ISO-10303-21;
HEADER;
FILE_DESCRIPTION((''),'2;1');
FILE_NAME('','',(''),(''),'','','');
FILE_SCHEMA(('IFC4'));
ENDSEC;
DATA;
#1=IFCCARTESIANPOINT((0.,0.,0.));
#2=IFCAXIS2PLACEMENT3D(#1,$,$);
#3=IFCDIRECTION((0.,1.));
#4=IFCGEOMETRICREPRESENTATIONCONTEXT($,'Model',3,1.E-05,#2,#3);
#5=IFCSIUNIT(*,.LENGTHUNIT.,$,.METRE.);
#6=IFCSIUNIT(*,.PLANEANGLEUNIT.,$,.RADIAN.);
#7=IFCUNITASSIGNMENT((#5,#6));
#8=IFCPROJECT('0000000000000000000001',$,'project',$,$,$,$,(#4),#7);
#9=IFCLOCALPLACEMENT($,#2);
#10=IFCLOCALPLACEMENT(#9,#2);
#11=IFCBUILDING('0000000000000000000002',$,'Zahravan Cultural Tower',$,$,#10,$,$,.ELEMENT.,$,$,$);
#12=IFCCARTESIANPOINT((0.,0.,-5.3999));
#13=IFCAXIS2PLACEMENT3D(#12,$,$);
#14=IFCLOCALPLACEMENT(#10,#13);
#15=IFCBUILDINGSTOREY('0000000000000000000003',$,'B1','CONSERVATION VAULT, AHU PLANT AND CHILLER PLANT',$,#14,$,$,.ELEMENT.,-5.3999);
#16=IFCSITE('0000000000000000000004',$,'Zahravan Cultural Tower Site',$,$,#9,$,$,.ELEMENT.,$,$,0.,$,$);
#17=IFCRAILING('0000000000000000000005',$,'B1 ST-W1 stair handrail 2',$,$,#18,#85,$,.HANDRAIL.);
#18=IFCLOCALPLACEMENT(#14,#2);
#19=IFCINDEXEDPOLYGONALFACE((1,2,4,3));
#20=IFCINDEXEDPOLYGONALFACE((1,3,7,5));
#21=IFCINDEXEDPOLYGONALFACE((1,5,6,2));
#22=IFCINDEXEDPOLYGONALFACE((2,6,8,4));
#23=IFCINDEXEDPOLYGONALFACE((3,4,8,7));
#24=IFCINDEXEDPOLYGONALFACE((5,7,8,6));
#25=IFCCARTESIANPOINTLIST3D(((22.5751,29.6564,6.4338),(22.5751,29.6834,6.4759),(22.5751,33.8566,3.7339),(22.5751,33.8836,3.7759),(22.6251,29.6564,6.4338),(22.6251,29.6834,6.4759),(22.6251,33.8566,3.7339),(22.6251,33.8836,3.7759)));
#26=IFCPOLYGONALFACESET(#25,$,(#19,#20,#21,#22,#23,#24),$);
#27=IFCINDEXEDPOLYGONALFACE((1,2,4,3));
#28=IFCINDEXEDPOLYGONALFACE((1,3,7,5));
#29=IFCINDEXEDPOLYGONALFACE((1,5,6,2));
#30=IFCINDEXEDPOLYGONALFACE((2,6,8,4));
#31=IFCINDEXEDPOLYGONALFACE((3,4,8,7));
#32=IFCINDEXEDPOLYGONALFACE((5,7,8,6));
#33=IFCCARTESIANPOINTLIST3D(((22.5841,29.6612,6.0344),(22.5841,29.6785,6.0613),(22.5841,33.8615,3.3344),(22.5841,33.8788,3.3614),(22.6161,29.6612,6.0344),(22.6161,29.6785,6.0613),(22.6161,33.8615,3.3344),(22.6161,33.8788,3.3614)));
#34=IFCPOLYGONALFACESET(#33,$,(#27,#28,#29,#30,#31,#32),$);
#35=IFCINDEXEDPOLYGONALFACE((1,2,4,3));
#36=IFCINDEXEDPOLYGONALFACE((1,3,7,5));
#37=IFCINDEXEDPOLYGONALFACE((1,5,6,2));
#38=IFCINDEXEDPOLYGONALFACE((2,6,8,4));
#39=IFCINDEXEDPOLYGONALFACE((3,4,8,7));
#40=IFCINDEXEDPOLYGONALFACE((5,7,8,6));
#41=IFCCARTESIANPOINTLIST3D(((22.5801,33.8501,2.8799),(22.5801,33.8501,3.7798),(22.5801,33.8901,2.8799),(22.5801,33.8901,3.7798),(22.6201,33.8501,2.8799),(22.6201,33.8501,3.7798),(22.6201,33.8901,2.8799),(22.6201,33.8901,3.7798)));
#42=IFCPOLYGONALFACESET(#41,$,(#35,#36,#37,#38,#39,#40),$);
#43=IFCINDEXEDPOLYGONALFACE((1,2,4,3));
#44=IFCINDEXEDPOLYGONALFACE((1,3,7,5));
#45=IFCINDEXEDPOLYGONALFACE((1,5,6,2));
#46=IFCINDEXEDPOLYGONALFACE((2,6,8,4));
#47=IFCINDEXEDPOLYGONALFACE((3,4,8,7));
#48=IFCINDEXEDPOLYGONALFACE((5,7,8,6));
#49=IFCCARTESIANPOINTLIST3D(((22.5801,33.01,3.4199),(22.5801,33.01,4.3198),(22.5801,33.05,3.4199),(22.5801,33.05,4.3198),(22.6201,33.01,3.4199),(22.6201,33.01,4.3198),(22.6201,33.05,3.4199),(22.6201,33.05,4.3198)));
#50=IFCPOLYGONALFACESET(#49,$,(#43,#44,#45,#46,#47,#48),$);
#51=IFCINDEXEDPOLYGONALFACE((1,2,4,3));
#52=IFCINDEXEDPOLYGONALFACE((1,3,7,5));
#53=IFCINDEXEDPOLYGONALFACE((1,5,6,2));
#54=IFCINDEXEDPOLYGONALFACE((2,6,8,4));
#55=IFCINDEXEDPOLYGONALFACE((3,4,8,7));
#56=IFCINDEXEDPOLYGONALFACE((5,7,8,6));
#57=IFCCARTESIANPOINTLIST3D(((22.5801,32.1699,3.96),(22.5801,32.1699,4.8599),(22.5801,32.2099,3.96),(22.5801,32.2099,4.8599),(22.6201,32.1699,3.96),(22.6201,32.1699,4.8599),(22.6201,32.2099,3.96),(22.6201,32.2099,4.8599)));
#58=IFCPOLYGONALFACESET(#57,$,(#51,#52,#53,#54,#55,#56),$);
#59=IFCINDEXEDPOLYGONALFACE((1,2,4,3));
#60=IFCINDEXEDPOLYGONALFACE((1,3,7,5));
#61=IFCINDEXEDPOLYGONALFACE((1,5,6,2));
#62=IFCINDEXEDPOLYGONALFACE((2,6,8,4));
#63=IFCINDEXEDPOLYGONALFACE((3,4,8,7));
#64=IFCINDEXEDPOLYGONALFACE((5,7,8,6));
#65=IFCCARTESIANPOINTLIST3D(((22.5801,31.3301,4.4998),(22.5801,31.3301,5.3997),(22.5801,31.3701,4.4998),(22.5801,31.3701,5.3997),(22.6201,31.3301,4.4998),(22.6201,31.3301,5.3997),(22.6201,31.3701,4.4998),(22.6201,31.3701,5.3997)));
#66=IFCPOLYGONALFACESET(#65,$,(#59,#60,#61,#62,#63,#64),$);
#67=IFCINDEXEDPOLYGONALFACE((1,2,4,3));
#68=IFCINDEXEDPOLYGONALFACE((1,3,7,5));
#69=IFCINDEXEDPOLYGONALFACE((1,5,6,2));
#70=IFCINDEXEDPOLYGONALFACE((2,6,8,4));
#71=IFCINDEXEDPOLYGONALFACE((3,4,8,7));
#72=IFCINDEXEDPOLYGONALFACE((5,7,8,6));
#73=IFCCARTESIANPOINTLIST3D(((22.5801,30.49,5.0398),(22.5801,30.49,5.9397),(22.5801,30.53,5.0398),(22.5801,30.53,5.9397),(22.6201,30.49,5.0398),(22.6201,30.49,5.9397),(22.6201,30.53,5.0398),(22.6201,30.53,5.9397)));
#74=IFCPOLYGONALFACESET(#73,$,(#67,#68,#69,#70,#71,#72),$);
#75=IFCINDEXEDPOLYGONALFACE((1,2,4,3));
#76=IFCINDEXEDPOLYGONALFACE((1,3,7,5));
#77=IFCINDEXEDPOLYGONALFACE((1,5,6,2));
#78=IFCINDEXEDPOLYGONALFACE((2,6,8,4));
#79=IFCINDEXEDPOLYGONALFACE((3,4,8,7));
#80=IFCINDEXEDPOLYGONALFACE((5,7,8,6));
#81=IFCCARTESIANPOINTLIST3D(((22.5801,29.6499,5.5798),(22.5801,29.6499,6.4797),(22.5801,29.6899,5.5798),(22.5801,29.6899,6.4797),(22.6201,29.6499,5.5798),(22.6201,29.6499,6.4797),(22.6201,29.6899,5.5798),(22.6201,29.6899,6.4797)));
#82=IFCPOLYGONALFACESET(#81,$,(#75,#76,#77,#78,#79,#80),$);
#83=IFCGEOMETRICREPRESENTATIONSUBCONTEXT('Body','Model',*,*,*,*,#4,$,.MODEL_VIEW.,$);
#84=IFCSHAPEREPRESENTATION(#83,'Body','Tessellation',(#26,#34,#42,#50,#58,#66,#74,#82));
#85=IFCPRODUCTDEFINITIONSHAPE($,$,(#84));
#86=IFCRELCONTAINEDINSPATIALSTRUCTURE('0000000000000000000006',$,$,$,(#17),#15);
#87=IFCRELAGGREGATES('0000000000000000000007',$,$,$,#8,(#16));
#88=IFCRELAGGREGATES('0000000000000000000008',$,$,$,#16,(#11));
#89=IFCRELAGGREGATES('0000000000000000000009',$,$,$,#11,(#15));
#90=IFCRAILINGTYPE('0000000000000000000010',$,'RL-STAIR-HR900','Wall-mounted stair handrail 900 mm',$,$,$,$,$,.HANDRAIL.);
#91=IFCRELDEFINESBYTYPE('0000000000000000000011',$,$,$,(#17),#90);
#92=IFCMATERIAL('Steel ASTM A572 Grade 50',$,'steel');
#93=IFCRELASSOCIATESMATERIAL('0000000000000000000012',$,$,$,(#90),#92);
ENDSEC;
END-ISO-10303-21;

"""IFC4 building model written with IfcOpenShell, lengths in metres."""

from ifc_helpers import new_model, si_unit, direction, frame, origin, origin_2d, place, context, subcontext, project, spatial, rectangle, extrude, material, type_object, element, save


model = new_model("IFC4")

# Units and contexts
model_context = context("Model", 3, precision=1e-05, world=origin(), true_north=direction((0.0, 1.0)))
body_context = subcontext(model_context, "Body", "Model", "MODEL_VIEW")
ifc_project = project(units=[si_unit("LENGTHUNIT", "METRE"), si_unit("PLANEANGLEUNIT", "RADIAN")], contexts=[model_context])

# Site, building, storey
site_placement = place(None, origin())
site = spatial("IfcSite", under=ifc_project, at=site_placement, Name="Zahravan Cultural Tower Site", CompositionType="ELEMENT", RefElevation=0.0)
building_placement = place(site_placement, origin())
building = spatial("IfcBuilding", under=site, at=building_placement, Name="Zahravan Cultural Tower", CompositionType="ELEMENT")
storey_placement = place(building_placement, frame((0.0, 0.0, -5.3999)))
storey = spatial("IfcBuildingStorey", under=building, at=storey_placement, Name="B1", Description="CONSERVATION VAULT, AHU PLANT AND CHILLER PLANT", CompositionType="ELEMENT", Elevation=-5.3999)

# Shared definitions
ifc_material_1 = material(Name="Steel ASTM A572 Grade 50", Category="steel")

# Railing
railing_type_1 = type_object("IfcRailingType", Name="RL-STAIR-HR900", Description="Wall-mounted stair handrail 900 mm", PredefinedType="HANDRAIL", material=ifc_material_1)
railing_1_placement = place(storey_placement, frame((22.6001, 33.8701, 2.8799)))
element("IfcRailing", 1, at=railing_1_placement, inside=storey, type_object=railing_type_1, Name="B1 ST-W1 stair handrail 2", PredefinedType="HANDRAIL", context=body_context, shape_type="SweptSolid", body=[
    extrude(rectangle(XDim=0.05, YDim=0.05, at=origin_2d()), frame((0.0, 0.0, 0.875), z_axis=(0.0, -0.841194, 0.540733), x_axis=(1.0, 0.0, 0.0)), (0.0, 0.0, 1.0), 4.9932),
    extrude(rectangle(XDim=0.032, YDim=0.032, at=origin_2d()), frame((0.0, 0.0, 0.468), z_axis=(0.0, -0.841194, 0.540733), x_axis=(1.0, 0.0, 0.0)), (0.0, 0.0, 1.0), 4.9932),
    extrude(rectangle(XDim=0.04, YDim=0.04, at=origin_2d()), origin(), (0.0, 0.0, 1.0), 0.8999),
    extrude(rectangle(XDim=0.04, YDim=0.04, at=origin_2d()), frame((0.0, -0.8401, 0.54)), (0.0, 0.0, 1.0), 0.8999),
    extrude(rectangle(XDim=0.04, YDim=0.04, at=origin_2d()), frame((0.0, -1.6802, 1.0801)), (0.0, 0.0, 1.0), 0.8999),
    extrude(rectangle(XDim=0.04, YDim=0.04, at=origin_2d()), frame((0.0, -2.52, 1.6199)), (0.0, 0.0, 1.0), 0.8999),
    extrude(rectangle(XDim=0.04, YDim=0.04, at=origin_2d()), frame((0.0, -3.3601, 2.1599)), (0.0, 0.0, 1.0), 0.8999),
    extrude(rectangle(XDim=0.04, YDim=0.04, at=origin_2d()), frame((0.0, -4.2002, 2.7)), (0.0, 0.0, 1.0), 0.8999),
])

save(model, "model.ifc")
